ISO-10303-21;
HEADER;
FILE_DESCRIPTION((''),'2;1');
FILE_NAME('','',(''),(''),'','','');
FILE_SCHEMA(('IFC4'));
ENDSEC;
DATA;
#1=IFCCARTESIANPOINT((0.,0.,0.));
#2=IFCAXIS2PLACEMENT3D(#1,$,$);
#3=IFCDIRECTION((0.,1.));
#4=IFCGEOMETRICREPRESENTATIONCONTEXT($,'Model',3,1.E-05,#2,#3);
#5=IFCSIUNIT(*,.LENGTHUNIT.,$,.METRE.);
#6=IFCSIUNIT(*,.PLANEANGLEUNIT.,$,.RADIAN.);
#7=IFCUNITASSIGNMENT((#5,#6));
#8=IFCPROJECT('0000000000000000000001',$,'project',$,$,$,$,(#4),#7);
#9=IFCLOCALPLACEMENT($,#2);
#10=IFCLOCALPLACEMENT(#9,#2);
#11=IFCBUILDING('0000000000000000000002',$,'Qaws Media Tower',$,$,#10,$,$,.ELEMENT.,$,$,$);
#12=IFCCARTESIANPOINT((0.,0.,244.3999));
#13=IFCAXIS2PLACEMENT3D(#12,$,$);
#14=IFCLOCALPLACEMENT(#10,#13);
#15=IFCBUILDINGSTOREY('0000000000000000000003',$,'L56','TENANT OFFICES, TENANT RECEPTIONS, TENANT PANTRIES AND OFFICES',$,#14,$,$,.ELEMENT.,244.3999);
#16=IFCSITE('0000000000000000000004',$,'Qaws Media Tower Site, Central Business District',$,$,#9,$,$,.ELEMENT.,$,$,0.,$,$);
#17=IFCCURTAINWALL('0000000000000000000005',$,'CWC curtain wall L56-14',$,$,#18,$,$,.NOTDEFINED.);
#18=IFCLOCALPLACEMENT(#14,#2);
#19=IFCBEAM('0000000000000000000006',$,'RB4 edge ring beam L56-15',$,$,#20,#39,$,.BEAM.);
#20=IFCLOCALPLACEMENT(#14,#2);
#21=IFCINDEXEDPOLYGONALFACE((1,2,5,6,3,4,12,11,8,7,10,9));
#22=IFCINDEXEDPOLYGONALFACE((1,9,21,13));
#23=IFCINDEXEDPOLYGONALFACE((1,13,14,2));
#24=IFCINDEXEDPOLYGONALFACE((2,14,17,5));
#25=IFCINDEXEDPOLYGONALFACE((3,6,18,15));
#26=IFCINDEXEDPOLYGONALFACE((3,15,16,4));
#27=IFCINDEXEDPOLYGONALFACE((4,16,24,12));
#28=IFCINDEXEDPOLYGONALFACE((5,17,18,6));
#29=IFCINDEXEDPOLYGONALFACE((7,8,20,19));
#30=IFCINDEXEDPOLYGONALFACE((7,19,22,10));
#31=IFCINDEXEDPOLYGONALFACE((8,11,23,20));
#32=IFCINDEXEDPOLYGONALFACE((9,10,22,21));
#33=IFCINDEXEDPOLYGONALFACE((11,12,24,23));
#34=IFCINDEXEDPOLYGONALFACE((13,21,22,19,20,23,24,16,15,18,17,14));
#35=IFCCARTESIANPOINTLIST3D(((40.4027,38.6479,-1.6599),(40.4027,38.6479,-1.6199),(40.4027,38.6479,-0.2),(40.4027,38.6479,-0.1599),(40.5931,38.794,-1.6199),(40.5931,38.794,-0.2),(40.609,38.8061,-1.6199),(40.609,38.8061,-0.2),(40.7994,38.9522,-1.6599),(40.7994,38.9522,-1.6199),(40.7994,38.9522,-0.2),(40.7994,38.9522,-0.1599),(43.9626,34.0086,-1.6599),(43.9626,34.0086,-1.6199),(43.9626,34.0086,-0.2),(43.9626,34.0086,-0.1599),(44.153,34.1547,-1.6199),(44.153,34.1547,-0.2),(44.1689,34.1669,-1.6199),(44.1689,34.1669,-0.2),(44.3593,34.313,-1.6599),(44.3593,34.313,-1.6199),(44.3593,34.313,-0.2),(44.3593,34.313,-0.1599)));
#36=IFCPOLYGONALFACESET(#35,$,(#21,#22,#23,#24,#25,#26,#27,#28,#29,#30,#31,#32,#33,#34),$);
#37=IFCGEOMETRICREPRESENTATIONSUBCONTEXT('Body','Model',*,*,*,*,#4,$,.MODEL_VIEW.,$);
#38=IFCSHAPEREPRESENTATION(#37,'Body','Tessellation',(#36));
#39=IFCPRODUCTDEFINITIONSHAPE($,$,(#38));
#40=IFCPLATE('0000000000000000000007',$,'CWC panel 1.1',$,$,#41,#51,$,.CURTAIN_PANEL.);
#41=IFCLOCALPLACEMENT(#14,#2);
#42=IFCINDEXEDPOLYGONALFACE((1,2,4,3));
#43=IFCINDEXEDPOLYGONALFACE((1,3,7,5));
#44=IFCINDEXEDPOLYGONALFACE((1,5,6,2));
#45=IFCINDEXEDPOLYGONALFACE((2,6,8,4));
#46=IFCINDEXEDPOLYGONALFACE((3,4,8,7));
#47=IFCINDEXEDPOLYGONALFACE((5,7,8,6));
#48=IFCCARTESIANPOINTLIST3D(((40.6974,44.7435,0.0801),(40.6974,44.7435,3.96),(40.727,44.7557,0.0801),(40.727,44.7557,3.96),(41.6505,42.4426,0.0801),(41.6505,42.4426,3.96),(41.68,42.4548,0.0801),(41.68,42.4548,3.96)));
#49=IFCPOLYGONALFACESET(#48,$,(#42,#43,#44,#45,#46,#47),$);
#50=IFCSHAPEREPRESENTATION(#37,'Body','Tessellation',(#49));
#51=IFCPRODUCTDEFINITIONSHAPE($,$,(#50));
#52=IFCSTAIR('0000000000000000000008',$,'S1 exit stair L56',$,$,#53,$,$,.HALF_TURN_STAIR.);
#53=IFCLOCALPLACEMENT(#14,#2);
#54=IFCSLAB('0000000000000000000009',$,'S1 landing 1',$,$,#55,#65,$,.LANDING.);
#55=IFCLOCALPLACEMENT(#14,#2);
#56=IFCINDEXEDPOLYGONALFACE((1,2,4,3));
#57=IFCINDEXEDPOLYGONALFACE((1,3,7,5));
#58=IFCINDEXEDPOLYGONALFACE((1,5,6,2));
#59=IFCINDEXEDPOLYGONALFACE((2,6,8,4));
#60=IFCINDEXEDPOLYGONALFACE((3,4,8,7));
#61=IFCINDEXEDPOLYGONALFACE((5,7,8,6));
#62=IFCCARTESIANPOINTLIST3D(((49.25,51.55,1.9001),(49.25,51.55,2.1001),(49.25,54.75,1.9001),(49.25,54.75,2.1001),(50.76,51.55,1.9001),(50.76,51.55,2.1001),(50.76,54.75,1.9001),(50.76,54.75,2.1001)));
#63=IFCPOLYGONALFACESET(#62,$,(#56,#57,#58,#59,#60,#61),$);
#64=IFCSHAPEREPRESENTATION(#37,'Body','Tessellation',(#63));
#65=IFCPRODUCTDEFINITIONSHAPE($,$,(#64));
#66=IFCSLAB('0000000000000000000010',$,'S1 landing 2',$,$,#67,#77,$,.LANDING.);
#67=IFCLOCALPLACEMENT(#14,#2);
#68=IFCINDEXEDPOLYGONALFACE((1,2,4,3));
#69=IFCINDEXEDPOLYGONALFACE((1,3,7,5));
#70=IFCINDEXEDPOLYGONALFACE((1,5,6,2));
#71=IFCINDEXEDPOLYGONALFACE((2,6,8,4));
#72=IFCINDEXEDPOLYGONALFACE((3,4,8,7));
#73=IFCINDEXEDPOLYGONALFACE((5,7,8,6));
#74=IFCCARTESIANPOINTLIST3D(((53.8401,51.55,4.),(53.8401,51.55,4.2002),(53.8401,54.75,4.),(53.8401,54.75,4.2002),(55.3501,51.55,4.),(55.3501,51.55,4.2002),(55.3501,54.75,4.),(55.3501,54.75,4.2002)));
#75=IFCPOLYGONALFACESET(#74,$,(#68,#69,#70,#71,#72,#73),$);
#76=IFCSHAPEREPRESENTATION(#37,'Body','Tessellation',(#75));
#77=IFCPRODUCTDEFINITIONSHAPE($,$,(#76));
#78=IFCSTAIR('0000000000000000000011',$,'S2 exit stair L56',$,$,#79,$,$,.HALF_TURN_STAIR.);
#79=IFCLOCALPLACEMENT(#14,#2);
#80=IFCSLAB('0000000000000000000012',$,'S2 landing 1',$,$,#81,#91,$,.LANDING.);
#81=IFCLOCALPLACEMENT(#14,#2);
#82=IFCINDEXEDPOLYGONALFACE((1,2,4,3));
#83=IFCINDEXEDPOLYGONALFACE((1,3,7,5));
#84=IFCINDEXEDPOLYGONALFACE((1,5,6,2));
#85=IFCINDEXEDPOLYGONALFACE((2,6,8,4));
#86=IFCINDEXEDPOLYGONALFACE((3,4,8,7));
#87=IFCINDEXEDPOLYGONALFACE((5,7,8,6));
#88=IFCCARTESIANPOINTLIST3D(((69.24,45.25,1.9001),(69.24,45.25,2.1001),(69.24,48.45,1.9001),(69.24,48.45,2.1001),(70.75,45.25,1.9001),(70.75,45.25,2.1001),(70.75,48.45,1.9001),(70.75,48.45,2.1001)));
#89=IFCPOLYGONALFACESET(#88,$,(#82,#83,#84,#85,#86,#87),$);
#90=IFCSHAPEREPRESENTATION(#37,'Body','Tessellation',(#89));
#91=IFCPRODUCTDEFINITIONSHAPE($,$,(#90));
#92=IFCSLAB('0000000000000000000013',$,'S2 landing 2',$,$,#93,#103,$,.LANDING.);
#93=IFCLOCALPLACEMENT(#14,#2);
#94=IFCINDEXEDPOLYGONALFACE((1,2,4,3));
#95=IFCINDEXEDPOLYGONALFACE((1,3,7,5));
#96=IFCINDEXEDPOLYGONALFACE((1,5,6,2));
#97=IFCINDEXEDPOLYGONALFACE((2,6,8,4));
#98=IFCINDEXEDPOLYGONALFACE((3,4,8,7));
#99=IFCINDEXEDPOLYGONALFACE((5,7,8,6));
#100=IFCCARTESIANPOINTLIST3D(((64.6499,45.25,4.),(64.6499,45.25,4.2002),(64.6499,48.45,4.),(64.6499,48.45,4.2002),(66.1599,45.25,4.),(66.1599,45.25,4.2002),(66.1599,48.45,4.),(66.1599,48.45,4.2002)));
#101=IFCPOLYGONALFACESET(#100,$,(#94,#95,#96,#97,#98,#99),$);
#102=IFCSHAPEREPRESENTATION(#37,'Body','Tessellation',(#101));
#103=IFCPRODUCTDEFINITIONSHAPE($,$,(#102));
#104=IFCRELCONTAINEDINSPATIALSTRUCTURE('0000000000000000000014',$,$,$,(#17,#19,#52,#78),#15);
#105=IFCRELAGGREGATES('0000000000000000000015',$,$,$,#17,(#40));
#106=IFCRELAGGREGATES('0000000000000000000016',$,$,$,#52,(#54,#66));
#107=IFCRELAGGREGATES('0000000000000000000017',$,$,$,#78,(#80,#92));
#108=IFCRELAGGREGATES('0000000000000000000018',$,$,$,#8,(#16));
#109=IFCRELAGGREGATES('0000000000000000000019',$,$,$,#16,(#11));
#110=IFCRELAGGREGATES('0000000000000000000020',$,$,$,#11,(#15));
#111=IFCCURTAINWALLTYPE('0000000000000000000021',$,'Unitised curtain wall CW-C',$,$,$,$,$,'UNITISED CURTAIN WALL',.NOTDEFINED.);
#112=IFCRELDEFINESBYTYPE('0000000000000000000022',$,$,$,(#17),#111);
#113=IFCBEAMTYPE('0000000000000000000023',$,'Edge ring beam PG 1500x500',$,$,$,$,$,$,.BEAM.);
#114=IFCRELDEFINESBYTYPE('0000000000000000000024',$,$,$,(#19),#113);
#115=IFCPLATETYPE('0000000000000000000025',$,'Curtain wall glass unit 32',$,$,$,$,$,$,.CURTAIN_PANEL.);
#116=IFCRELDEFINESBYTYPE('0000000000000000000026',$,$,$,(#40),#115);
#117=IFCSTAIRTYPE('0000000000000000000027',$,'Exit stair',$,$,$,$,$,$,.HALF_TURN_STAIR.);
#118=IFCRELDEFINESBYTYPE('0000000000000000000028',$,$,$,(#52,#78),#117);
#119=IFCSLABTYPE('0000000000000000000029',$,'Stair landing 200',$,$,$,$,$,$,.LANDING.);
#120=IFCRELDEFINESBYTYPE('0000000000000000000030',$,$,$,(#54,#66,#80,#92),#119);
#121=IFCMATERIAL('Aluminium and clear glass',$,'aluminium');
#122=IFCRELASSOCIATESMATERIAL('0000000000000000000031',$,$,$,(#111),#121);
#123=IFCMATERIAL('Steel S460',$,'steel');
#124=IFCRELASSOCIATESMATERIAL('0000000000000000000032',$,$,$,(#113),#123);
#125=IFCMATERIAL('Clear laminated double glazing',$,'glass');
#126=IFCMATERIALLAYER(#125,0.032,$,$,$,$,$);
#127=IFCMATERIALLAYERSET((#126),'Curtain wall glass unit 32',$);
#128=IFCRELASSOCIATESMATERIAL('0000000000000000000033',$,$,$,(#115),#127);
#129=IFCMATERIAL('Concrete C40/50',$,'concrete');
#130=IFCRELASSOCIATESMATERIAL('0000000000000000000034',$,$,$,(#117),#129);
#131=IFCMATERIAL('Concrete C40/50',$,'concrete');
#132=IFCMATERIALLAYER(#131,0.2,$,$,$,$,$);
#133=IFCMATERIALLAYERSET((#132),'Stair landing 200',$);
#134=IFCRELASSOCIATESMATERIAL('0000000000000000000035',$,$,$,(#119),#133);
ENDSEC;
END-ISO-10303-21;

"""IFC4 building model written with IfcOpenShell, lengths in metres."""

from ifc_helpers import new_model, si_unit, direction, frame, origin, origin_2d, place, context, subcontext, project, spatial, polyline, rectangle, i_section, outline, extrude, material, layer, layer_set, material_profile, profile_set, type_object, element, aggregate, save


model = new_model("IFC4")

# Units and contexts
model_context = context("Model", 3, precision=1e-05, world=origin(), true_north=direction((0.0, 1.0)))
body_context = subcontext(model_context, "Body", "Model", "MODEL_VIEW")
ifc_project = project(units=[si_unit("LENGTHUNIT", "METRE"), si_unit("PLANEANGLEUNIT", "RADIAN")], contexts=[model_context])

# Site, building, storey
site_placement = place(None, origin())
site = spatial("IfcSite", under=ifc_project, at=site_placement, Name="Qaws Media Tower Site, Central Business District", CompositionType="ELEMENT", RefElevation=0.0)
building_placement = place(site_placement, origin())
building = spatial("IfcBuilding", under=site, at=building_placement, Name="Qaws Media Tower", CompositionType="ELEMENT")
storey_placement = place(building_placement, frame((0.0, 0.0, 244.3999)))
storey = spatial("IfcBuildingStorey", under=building, at=storey_placement, Name="L56", Description="TENANT OFFICES, TENANT RECEPTIONS, TENANT PANTRIES AND OFFICES", CompositionType="ELEMENT", Elevation=244.3999)

# Curtain wall
ifc_material_1 = material(Name="Aluminium and clear glass", Category="aluminium")
curtain_wall_type = type_object("IfcCurtainWallType", Name="Unitised curtain wall CW-C", ElementType="UNITISED CURTAIN WALL", PredefinedType="NOTDEFINED", material=ifc_material_1)
curtain_wall_placement = place(storey_placement, origin())
curtain_wall = element("IfcCurtainWall", 1, at=curtain_wall_placement, inside=storey, type_object=curtain_wall_type, Name="CWC curtain wall L56-14", PredefinedType="NOTDEFINED")

# Beam
ifc_material_2 = material(Name="Steel S460", Category="steel")
ifc_material_profile_1 = material_profile(ifc_material_2, i_section(OverallWidth=0.5, OverallDepth=1.5, WebThickness=0.02, FlangeThickness=0.04, at=origin_2d()), Name="PG 1500x500")
ifc_profile_set_1 = profile_set([ifc_material_profile_1], Name="Steel S460")
beam_type = type_object("IfcBeamType", Name="Edge ring beam PG 1500x500", PredefinedType="BEAM", material=ifc_profile_set_1)
beam_placement = place(storey_placement, frame((40.6011, 38.8, -0.9099), z_axis=(0.608768, -0.793348, 0.0), x_axis=(0.793348, 0.608768, 0.0)))
element("IfcBeam", 2, at=beam_placement, inside=storey, type_object=beam_type, Name="RB4 edge ring beam L56-15", PredefinedType="BEAM", context=body_context, shape_type="SweptSolid", body=[
    extrude(i_section(OverallWidth=0.5, OverallDepth=1.5, WebThickness=0.02, FlangeThickness=0.04, at=origin_2d()), origin(), (0.0, 0.0, 1.0), 5.8477),
])

# Plate
ifc_material_3 = material(Name="Clear laminated double glazing", Category="glass")
ifc_layer_1 = layer(ifc_material_3, 0.032)
ifc_layer_set_1 = layer_set([ifc_layer_1], Name="Curtain wall glass unit 32")
plate_type = type_object("IfcPlateType", Name="Curtain wall glass unit 32", PredefinedType="CURTAIN_PANEL", material=ifc_layer_set_1)
plate_placement = place(storey_placement, frame((41.1887, 43.5991, 0.0801), z_axis=(0.0, 0.0, 1.0), x_axis=(0.382684, -0.923879, 0.0)))
plate = element("IfcPlate", 3, at=plate_placement, type_object=plate_type, Name="CWC panel 1.1", PredefinedType="CURTAIN_PANEL", context=body_context, shape_type="SweptSolid", body=[
    extrude(rectangle(XDim=2.4905, YDim=0.032, at=origin_2d()), origin(), (0.0, 0.0, 1.0), 3.8799),
])
aggregate(curtain_wall, [plate])

# Stairs, slabs
ifc_material_4 = material(Name="Concrete C40/50", Category="concrete")
stair_type = type_object("IfcStairType", Name="Exit stair", PredefinedType="HALF_TURN_STAIR", material=ifc_material_4)
stair_1_placement = place(storey_placement, origin())
stair_1 = element("IfcStair", 4, at=stair_1_placement, inside=storey, type_object=stair_type, Name="S1 exit stair L56", PredefinedType="HALF_TURN_STAIR")
ifc_material_5 = material(Name="Concrete C40/50", Category="concrete")
ifc_layer_2 = layer(ifc_material_5, 0.2)
ifc_layer_set_2 = layer_set([ifc_layer_2], Name="Stair landing 200")
slab_type = type_object("IfcSlabType", Name="Stair landing 200", PredefinedType="LANDING", material=ifc_layer_set_2)
slab_1_placement = place(storey_placement, frame((0.0, 0.0, 1.9001)))
slab_1 = element("IfcSlab", 5, at=slab_1_placement, type_object=slab_type, Name="S1 landing 1", PredefinedType="LANDING", context=body_context, shape_type="SweptSolid", body=[
    extrude(outline(polyline([(49.25, 51.55), (50.76, 51.55), (50.76, 54.75), (49.25, 54.75), (49.25, 51.55)])), origin(), (0.0, 0.0, 1.0), 0.2),
])
slab_2_placement = place(storey_placement, frame((0.0, 0.0, 4.0)))
slab_2 = element("IfcSlab", 6, at=slab_2_placement, type_object=slab_type, Name="S1 landing 2", PredefinedType="LANDING", context=body_context, shape_type="SweptSolid", body=[
    extrude(outline(polyline([(53.8401, 51.55), (55.3501, 51.55), (55.3501, 54.75), (53.8401, 54.75), (53.8401, 51.55)])), origin(), (0.0, 0.0, 1.0), 0.2002),
])
aggregate(stair_1, [slab_1, slab_2])
stair_2_placement = place(storey_placement, origin())
stair_2 = element("IfcStair", 7, at=stair_2_placement, inside=storey, type_object=stair_type, Name="S2 exit stair L56", PredefinedType="HALF_TURN_STAIR")
slab_3_placement = place(storey_placement, frame((0.0, 0.0, 1.9001)))
slab_3 = element("IfcSlab", 8, at=slab_3_placement, type_object=slab_type, Name="S2 landing 1", PredefinedType="LANDING", context=body_context, shape_type="SweptSolid", body=[
    extrude(outline(polyline([(69.24, 45.25), (70.75, 45.25), (70.75, 48.45), (69.24, 48.45), (69.24, 45.25)])), origin(), (0.0, 0.0, 1.0), 0.2),
])
slab_4_placement = place(storey_placement, frame((0.0, 0.0, 4.0)))
slab_4 = element("IfcSlab", 9, at=slab_4_placement, type_object=slab_type, Name="S2 landing 2", PredefinedType="LANDING", context=body_context, shape_type="SweptSolid", body=[
    extrude(outline(polyline([(64.6499, 45.25), (66.1599, 45.25), (66.1599, 48.45), (64.6499, 48.45), (64.6499, 45.25)])), origin(), (0.0, 0.0, 1.0), 0.2002),
])
aggregate(stair_2, [slab_3, slab_4])

save(model, "model.ifc")
